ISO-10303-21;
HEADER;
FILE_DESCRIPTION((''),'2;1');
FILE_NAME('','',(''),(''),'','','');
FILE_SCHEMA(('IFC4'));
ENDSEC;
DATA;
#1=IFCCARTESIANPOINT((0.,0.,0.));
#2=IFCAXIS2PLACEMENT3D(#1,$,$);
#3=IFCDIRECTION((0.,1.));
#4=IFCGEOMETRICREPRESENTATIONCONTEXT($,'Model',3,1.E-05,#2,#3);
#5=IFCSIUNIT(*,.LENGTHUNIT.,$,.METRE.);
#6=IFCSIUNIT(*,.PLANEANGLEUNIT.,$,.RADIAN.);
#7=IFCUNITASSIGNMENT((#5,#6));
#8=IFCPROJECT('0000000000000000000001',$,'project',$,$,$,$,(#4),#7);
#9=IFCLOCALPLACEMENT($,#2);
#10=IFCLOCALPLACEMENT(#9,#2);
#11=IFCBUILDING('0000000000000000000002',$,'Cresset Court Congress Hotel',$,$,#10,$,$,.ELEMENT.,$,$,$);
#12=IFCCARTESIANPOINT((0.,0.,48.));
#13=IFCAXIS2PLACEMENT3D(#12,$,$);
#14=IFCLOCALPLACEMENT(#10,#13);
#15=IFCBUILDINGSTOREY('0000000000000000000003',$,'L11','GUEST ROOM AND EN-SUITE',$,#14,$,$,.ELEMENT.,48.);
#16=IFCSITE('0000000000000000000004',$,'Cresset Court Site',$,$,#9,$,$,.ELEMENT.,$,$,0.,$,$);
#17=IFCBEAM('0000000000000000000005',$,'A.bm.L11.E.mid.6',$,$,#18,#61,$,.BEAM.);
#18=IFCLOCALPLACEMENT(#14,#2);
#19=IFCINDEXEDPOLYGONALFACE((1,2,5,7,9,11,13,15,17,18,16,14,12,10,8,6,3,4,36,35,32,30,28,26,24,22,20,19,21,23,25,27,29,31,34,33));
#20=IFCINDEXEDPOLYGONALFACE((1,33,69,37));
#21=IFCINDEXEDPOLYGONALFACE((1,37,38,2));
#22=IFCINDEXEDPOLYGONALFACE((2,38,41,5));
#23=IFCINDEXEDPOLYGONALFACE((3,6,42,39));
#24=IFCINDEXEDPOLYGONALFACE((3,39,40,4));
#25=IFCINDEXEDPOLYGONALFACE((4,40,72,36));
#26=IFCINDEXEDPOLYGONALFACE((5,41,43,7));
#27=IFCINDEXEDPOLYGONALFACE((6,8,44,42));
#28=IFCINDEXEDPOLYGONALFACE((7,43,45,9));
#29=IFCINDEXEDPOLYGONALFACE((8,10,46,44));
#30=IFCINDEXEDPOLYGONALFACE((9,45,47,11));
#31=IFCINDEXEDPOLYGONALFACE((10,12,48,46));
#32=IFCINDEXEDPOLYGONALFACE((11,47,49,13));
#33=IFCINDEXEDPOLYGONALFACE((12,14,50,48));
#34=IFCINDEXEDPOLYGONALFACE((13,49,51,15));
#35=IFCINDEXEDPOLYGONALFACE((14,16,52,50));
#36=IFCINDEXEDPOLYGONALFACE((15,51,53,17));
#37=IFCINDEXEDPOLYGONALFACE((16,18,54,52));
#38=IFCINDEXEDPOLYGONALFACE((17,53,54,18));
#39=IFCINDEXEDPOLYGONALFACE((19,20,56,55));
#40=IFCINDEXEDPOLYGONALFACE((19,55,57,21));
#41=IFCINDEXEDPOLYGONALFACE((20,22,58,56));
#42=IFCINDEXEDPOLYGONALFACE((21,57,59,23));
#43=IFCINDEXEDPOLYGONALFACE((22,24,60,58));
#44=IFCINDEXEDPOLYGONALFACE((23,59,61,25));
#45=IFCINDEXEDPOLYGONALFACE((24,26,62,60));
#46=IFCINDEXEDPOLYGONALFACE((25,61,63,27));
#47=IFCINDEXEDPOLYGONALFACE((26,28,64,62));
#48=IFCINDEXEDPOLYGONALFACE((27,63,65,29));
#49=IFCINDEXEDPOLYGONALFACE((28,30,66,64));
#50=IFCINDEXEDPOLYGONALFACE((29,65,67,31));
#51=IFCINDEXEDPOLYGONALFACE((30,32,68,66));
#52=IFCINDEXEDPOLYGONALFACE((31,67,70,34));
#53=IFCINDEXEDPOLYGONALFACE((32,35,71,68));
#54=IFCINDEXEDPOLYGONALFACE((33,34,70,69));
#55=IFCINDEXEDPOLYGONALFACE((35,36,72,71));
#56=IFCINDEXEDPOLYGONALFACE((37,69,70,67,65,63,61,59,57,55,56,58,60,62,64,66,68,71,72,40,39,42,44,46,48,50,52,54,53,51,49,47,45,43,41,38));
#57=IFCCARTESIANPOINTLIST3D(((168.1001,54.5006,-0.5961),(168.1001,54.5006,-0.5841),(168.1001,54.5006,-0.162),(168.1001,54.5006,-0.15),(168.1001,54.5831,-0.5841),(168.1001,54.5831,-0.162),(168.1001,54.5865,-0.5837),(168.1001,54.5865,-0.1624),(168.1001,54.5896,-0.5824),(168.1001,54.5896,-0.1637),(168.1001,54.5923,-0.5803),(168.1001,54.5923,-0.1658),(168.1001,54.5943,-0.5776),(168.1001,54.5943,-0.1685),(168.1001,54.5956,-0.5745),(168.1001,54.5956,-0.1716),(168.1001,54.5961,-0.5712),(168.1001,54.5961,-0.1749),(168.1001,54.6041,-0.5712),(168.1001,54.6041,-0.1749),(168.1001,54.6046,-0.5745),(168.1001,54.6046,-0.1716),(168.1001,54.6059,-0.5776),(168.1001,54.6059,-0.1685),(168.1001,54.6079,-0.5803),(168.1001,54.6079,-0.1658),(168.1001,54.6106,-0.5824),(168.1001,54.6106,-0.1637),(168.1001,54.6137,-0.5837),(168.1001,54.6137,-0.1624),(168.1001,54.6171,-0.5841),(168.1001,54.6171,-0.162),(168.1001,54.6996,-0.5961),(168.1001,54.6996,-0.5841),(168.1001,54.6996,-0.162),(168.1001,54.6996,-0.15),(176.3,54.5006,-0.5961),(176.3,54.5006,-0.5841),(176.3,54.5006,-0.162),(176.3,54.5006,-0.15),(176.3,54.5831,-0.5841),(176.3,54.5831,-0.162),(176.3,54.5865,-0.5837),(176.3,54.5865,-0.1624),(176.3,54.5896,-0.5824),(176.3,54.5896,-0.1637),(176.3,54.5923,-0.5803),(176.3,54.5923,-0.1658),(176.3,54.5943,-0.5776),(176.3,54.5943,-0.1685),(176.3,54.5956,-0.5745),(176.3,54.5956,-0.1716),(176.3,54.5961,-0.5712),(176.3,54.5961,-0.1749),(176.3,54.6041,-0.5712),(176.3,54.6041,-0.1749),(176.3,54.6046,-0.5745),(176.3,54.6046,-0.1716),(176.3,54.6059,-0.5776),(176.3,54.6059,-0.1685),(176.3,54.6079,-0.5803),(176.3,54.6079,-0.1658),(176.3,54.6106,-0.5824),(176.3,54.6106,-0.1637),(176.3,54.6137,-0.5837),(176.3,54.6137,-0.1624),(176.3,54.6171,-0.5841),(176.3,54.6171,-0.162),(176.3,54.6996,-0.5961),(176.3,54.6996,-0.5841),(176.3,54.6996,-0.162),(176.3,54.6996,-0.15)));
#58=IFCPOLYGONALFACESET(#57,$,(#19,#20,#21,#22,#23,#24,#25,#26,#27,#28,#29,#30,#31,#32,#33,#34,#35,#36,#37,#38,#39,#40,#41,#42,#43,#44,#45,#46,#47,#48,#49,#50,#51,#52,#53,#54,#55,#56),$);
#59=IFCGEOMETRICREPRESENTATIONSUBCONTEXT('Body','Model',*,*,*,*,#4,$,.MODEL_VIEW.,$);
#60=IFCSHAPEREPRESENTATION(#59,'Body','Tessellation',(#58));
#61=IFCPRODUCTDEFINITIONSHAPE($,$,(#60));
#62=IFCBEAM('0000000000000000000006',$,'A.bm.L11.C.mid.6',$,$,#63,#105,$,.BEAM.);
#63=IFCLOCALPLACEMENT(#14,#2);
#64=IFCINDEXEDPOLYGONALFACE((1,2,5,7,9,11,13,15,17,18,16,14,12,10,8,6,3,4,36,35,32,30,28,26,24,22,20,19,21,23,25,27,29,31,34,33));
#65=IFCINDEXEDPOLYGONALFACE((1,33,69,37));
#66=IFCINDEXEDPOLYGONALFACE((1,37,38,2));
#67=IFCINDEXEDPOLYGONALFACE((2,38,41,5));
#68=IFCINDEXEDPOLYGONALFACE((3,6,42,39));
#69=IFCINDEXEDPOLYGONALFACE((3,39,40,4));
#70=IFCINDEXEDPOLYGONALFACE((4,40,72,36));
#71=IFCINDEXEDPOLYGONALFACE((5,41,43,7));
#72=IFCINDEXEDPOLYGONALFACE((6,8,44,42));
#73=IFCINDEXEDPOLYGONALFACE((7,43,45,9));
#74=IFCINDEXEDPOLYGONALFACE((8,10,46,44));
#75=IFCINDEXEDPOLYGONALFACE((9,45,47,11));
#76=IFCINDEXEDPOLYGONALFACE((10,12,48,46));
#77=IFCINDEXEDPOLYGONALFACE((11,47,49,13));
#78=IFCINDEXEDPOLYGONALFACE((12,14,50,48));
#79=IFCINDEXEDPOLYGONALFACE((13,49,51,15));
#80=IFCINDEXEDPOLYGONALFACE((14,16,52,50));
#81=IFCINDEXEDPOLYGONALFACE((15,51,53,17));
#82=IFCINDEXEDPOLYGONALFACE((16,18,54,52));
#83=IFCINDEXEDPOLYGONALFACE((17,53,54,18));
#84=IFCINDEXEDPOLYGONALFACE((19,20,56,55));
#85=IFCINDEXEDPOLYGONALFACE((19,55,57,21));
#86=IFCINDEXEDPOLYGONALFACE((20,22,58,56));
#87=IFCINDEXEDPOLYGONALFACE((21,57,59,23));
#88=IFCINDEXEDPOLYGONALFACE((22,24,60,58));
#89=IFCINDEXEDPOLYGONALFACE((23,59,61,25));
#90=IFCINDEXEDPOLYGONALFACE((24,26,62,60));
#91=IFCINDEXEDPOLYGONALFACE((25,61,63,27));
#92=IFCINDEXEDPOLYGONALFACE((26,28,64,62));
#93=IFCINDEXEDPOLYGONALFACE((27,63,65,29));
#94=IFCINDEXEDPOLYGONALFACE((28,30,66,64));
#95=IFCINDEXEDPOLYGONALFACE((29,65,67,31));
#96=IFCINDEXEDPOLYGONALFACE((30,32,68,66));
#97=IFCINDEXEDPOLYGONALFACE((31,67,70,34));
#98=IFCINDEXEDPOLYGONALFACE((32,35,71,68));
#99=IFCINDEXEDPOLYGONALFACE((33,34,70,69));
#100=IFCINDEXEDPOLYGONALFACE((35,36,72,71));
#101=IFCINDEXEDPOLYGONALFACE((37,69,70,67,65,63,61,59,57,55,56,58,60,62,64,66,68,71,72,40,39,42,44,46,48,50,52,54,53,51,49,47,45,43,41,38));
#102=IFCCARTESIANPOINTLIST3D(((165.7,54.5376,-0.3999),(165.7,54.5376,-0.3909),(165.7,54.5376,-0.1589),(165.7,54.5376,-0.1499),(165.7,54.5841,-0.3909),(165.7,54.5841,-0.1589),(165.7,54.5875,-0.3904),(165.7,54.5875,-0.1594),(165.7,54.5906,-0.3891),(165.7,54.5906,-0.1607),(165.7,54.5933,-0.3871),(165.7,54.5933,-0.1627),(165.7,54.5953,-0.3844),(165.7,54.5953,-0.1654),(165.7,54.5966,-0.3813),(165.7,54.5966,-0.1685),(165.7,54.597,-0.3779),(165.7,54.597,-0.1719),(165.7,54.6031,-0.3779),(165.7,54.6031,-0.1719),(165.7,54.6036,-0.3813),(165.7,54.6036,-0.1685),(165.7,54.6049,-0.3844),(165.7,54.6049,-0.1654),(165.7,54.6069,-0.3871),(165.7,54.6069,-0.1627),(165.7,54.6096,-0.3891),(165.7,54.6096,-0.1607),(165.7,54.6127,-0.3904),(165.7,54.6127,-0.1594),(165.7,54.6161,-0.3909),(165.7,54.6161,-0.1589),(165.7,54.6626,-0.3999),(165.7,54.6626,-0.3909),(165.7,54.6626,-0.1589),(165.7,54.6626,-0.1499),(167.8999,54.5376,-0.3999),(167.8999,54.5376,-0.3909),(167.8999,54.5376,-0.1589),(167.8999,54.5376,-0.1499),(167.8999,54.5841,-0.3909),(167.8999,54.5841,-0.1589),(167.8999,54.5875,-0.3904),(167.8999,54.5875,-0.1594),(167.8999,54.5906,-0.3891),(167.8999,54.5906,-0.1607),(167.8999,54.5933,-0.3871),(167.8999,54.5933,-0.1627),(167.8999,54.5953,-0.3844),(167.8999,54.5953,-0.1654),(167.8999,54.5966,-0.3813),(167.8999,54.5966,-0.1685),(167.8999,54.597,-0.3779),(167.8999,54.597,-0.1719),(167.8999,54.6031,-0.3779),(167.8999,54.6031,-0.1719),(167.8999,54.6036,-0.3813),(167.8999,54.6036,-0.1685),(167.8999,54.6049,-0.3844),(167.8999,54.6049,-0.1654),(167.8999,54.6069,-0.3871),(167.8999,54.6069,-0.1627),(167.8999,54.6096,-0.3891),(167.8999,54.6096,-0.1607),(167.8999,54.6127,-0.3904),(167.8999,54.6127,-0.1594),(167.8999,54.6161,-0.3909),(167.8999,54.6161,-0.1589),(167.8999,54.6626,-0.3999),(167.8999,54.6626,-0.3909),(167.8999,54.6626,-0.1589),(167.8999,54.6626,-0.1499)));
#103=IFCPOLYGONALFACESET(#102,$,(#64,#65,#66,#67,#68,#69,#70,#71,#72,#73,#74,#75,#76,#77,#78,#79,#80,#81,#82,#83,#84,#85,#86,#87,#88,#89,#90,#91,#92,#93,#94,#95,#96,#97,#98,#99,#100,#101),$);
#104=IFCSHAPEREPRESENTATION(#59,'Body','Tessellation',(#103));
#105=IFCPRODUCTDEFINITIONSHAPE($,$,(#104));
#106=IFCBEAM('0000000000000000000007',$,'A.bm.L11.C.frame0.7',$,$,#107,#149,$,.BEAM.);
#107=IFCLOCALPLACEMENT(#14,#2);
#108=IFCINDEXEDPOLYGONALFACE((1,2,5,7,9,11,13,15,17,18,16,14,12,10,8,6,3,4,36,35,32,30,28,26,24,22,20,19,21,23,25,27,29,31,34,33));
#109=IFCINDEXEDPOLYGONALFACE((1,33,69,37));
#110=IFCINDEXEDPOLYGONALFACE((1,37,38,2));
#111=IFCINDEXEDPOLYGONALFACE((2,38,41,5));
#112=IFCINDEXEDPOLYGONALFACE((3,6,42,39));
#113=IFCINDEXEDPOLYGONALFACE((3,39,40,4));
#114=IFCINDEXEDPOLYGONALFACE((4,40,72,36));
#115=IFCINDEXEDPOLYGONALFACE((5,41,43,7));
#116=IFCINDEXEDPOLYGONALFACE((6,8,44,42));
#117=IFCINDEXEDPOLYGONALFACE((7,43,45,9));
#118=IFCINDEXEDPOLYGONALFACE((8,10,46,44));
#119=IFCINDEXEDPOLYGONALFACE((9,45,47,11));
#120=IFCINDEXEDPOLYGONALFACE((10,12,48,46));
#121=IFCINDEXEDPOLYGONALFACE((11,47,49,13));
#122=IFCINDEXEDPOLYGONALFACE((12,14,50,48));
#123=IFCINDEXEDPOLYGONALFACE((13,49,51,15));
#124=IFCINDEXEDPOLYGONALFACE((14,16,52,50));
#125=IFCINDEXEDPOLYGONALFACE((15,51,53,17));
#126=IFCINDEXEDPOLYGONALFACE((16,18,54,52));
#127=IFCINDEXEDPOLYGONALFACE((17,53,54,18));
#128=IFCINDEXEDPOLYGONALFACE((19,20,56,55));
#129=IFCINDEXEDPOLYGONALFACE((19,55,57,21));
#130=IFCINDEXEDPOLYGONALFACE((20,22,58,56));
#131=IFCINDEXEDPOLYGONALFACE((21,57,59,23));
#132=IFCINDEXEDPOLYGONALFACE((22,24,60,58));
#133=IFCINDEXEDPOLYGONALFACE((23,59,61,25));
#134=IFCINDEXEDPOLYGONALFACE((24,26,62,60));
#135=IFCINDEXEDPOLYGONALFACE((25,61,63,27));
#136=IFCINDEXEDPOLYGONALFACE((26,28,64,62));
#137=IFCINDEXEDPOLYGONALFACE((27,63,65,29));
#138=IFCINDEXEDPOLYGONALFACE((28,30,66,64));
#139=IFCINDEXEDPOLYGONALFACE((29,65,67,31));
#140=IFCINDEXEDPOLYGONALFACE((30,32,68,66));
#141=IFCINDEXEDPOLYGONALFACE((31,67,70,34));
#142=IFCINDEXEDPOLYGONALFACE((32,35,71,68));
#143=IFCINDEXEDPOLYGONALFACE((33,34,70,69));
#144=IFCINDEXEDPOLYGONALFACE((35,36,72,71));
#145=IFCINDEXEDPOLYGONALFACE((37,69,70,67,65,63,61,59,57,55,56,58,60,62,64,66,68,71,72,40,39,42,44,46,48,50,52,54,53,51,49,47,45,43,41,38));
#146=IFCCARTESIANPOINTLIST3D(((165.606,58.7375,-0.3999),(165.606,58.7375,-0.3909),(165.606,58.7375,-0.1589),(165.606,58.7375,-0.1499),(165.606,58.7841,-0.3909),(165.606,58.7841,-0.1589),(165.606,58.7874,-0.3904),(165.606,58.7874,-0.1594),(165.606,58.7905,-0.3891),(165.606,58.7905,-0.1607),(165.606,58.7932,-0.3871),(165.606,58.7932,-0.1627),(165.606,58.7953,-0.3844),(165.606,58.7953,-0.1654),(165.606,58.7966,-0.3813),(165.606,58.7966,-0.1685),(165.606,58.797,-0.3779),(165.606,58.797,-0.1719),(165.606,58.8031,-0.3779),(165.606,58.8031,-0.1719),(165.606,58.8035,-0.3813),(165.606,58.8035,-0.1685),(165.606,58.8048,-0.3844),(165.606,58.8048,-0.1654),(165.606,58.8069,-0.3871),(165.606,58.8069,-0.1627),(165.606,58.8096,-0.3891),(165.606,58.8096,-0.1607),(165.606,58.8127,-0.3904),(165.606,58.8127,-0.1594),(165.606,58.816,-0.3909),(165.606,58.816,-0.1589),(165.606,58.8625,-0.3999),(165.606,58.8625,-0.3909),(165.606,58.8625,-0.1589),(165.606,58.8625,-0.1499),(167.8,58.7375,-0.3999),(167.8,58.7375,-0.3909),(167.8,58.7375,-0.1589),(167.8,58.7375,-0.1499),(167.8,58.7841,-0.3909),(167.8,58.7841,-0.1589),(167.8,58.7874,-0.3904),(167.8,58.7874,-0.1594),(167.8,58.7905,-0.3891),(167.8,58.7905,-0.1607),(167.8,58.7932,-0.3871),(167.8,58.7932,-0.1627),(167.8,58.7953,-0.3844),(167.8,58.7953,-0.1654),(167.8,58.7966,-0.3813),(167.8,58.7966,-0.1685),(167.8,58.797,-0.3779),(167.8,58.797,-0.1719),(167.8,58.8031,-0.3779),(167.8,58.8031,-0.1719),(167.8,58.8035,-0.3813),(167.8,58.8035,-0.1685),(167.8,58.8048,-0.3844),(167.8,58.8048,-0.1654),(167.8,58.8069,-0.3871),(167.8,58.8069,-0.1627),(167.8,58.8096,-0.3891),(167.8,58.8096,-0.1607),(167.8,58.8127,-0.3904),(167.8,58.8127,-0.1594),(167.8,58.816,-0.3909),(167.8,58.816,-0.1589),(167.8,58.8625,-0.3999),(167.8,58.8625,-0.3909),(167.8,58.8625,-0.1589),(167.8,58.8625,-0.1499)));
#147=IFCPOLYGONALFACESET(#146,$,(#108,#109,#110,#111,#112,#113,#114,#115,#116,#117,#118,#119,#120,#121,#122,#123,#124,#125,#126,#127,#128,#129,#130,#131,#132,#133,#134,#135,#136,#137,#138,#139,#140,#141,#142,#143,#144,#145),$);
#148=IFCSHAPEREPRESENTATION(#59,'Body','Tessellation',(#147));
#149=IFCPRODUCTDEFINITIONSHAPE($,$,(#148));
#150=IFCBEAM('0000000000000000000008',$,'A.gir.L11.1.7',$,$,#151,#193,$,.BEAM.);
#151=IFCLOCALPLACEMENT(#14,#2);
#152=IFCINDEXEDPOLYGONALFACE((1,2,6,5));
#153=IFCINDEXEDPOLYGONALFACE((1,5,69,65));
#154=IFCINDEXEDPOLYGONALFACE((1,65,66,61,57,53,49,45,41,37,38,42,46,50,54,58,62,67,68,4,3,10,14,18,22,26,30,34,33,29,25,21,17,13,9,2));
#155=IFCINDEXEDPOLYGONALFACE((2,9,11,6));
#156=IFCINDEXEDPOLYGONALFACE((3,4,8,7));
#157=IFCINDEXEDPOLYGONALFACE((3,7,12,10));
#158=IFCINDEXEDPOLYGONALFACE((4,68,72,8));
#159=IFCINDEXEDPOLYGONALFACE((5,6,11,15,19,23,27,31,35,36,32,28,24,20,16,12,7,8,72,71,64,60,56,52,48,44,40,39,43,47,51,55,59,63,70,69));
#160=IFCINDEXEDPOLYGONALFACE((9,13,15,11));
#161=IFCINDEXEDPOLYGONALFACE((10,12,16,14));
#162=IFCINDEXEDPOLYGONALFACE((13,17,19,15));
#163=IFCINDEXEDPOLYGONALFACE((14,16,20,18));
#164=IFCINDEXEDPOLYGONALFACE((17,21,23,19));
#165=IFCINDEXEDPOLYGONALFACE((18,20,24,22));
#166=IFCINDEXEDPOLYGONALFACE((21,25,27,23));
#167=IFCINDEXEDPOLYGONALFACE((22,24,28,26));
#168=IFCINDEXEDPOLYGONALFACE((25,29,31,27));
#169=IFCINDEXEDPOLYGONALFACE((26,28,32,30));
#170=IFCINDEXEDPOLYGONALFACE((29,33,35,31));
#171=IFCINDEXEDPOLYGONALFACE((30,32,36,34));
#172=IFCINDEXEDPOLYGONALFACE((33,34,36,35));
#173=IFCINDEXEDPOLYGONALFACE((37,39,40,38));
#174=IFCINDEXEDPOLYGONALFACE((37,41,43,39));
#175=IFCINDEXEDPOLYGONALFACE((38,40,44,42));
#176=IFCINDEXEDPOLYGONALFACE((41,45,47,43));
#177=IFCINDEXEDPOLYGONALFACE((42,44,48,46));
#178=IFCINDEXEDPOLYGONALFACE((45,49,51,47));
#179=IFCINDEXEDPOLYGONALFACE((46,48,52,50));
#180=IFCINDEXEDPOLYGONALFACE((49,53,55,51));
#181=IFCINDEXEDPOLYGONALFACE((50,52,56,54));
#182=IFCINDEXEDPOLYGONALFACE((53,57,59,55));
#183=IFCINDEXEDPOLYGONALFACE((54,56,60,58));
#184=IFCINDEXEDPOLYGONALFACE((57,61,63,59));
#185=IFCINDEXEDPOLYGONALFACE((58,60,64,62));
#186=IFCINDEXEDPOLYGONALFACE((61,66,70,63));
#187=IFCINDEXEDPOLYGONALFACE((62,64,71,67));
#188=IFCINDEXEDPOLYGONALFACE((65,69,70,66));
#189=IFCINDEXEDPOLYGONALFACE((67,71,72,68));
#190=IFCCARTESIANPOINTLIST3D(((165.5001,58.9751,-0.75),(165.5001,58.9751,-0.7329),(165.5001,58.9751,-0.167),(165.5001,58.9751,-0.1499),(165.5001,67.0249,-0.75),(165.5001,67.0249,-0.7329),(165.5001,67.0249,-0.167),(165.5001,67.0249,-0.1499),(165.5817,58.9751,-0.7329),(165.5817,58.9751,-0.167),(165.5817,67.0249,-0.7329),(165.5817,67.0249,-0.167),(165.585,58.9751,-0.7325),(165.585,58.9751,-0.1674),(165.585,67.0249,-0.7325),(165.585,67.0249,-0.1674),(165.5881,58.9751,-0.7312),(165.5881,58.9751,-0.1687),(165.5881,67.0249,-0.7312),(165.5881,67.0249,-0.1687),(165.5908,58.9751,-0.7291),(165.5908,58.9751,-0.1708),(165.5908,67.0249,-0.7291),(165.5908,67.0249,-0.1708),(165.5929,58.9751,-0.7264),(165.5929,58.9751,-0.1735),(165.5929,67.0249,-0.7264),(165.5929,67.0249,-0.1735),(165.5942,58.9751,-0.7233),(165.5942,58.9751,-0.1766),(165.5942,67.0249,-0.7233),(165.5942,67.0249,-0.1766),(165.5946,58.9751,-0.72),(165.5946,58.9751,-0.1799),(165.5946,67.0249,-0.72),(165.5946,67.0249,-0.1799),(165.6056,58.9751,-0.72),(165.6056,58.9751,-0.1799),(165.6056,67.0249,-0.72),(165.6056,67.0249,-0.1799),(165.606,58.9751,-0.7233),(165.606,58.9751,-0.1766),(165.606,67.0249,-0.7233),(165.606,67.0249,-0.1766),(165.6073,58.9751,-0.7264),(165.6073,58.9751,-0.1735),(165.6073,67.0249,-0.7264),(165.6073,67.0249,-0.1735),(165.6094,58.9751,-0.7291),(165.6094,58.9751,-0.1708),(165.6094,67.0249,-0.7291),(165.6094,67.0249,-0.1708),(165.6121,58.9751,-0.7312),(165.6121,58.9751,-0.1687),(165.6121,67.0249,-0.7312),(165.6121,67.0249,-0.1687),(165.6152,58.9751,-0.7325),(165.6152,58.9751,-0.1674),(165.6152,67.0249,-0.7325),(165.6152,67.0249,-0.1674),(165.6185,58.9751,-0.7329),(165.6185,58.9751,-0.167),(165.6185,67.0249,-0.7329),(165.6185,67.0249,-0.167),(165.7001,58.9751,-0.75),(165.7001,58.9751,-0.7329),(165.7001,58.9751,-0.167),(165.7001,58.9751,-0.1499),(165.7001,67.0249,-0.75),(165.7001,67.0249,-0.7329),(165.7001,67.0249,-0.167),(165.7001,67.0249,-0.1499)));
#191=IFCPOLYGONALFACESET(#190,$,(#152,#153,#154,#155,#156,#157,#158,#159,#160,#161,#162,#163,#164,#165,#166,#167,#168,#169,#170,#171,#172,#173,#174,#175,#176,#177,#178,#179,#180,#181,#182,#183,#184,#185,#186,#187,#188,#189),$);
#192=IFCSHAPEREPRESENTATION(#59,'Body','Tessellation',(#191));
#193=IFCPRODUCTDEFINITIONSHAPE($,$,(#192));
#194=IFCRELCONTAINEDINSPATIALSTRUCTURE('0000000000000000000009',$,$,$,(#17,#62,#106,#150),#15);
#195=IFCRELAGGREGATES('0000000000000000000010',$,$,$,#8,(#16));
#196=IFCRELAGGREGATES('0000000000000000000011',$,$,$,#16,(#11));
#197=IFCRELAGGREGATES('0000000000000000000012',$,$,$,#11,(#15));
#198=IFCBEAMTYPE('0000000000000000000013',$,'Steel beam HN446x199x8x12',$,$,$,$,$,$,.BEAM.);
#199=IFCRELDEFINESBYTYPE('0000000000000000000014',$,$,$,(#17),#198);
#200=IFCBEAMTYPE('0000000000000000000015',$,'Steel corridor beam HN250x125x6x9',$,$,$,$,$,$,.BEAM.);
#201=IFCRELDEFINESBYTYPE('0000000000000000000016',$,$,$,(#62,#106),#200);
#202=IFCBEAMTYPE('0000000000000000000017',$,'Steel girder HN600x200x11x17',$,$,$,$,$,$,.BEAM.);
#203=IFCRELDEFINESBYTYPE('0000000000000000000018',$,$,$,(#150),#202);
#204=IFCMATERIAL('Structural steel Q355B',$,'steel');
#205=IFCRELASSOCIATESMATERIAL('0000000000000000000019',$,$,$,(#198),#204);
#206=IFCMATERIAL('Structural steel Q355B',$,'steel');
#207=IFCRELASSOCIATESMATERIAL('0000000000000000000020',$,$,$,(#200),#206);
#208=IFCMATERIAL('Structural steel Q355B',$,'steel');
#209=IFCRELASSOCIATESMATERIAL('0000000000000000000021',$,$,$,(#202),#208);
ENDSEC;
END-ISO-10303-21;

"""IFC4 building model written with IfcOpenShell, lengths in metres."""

from ifc_helpers import new_model, si_unit, direction, frame, origin, origin_2d, place, context, subcontext, project, spatial, i_section, extrude, material, material_profile, profile_set, type_object, element, save


model = new_model("IFC4")

# Units and contexts
model_context = context("Model", 3, precision=1e-05, world=origin(), true_north=direction((0.0, 1.0)))
body_context = subcontext(model_context, "Body", "Model", "MODEL_VIEW")
ifc_project = project(units=[si_unit("LENGTHUNIT", "METRE"), si_unit("PLANEANGLEUNIT", "RADIAN")], contexts=[model_context])

# Site, building, storey
site_placement = place(None, origin())
site = spatial("IfcSite", under=ifc_project, at=site_placement, Name="Cresset Court Site", CompositionType="ELEMENT", RefElevation=0.0)
building_placement = place(site_placement, origin())
building = spatial("IfcBuilding", under=site, at=building_placement, Name="Cresset Court Congress Hotel", CompositionType="ELEMENT")
storey_placement = place(building_placement, frame((0.0, 0.0, 48.0)))
storey = spatial("IfcBuildingStorey", under=building, at=storey_placement, Name="L11", Description="GUEST ROOM AND EN-SUITE", CompositionType="ELEMENT", Elevation=48.0)

# Beams
ifc_material_1 = material(Name="Structural steel Q355B", Category="steel")
ifc_material_profile_1 = material_profile(ifc_material_1, i_section(OverallWidth=0.199, OverallDepth=0.446, WebThickness=0.0081, FlangeThickness=0.012, FilletRadius=0.0129, at=origin_2d()), Name="HN446x199x8x12")
ifc_profile_set_1 = profile_set([ifc_material_profile_1], Name="Structural steel Q355B")
beam_type_1 = type_object("IfcBeamType", Name="Steel beam HN446x199x8x12", PredefinedType="BEAM", material=ifc_profile_set_1)
beam_1_placement = place(storey_placement, frame((168.1001, 54.6001, -0.373), z_axis=(1.0, 0.0, 0.0), x_axis=(0.0, 1.0, 0.0)))
element("IfcBeam", 1, at=beam_1_placement, inside=storey, type_object=beam_type_1, Name="A.bm.L11.E.mid.6", PredefinedType="BEAM", context=body_context, shape_type="SweptSolid", body=[
    extrude(i_section(OverallWidth=0.199, OverallDepth=0.446, WebThickness=0.0081, FlangeThickness=0.012, FilletRadius=0.0129, at=origin_2d()), origin(), (0.0, 0.0, 1.0), 8.2),
])
ifc_material_2 = material(Name="Structural steel Q355B", Category="steel")
ifc_material_profile_2 = material_profile(ifc_material_2, i_section(OverallWidth=0.125, OverallDepth=0.25, WebThickness=0.0061, FlangeThickness=0.009, FilletRadius=0.0129, at=origin_2d()), Name="HN250x125x6x9")
ifc_profile_set_2 = profile_set([ifc_material_profile_2], Name="Structural steel Q355B")
beam_type_2 = type_object("IfcBeamType", Name="Steel corridor beam HN250x125x6x9", PredefinedType="BEAM", material=ifc_profile_set_2)
beam_2_placement = place(storey_placement, frame((165.7, 54.6001, -0.2749), z_axis=(1.0, 0.0, 0.0), x_axis=(0.0, 1.0, 0.0)))
element("IfcBeam", 2, at=beam_2_placement, inside=storey, type_object=beam_type_2, Name="A.bm.L11.C.mid.6", PredefinedType="BEAM", context=body_context, shape_type="SweptSolid", body=[
    extrude(i_section(OverallWidth=0.125, OverallDepth=0.25, WebThickness=0.0061, FlangeThickness=0.009, FilletRadius=0.0129, at=origin_2d()), origin(), (0.0, 0.0, 1.0), 2.2),
])
beam_3_placement = place(storey_placement, frame((165.606, 58.8, -0.2749), z_axis=(1.0, 0.0, 0.0), x_axis=(0.0, 1.0, 0.0)))
element("IfcBeam", 3, at=beam_3_placement, inside=storey, type_object=beam_type_2, Name="A.bm.L11.C.frame0.7", PredefinedType="BEAM", context=body_context, shape_type="SweptSolid", body=[
    extrude(i_section(OverallWidth=0.125, OverallDepth=0.25, WebThickness=0.0061, FlangeThickness=0.009, FilletRadius=0.0129, at=origin_2d()), origin(), (0.0, 0.0, 1.0), 2.1941),
])
ifc_material_3 = material(Name="Structural steel Q355B", Category="steel")
ifc_material_profile_3 = material_profile(ifc_material_3, i_section(OverallWidth=0.2, OverallDepth=0.6001, WebThickness=0.011, FlangeThickness=0.0171, FilletRadius=0.0129, at=origin_2d()), Name="HN600x200x11x17")
ifc_profile_set_3 = profile_set([ifc_material_profile_3], Name="Structural steel Q355B")
beam_type_3 = type_object("IfcBeamType", Name="Steel girder HN600x200x11x17", PredefinedType="BEAM", material=ifc_profile_set_3)
beam_4_placement = place(storey_placement, frame((165.6001, 58.9751, -0.45), z_axis=(0.0, 1.0, 0.0), x_axis=(-1.0, 0.0, 0.0)))
element("IfcBeam", 4, at=beam_4_placement, inside=storey, type_object=beam_type_3, Name="A.gir.L11.1.7", PredefinedType="BEAM", context=body_context, shape_type="SweptSolid", body=[
    extrude(i_section(OverallWidth=0.2, OverallDepth=0.6001, WebThickness=0.011, FlangeThickness=0.0171, FilletRadius=0.0129, at=origin_2d()), origin(), (0.0, 0.0, 1.0), 8.0498),
])

save(model, "model.ifc")
